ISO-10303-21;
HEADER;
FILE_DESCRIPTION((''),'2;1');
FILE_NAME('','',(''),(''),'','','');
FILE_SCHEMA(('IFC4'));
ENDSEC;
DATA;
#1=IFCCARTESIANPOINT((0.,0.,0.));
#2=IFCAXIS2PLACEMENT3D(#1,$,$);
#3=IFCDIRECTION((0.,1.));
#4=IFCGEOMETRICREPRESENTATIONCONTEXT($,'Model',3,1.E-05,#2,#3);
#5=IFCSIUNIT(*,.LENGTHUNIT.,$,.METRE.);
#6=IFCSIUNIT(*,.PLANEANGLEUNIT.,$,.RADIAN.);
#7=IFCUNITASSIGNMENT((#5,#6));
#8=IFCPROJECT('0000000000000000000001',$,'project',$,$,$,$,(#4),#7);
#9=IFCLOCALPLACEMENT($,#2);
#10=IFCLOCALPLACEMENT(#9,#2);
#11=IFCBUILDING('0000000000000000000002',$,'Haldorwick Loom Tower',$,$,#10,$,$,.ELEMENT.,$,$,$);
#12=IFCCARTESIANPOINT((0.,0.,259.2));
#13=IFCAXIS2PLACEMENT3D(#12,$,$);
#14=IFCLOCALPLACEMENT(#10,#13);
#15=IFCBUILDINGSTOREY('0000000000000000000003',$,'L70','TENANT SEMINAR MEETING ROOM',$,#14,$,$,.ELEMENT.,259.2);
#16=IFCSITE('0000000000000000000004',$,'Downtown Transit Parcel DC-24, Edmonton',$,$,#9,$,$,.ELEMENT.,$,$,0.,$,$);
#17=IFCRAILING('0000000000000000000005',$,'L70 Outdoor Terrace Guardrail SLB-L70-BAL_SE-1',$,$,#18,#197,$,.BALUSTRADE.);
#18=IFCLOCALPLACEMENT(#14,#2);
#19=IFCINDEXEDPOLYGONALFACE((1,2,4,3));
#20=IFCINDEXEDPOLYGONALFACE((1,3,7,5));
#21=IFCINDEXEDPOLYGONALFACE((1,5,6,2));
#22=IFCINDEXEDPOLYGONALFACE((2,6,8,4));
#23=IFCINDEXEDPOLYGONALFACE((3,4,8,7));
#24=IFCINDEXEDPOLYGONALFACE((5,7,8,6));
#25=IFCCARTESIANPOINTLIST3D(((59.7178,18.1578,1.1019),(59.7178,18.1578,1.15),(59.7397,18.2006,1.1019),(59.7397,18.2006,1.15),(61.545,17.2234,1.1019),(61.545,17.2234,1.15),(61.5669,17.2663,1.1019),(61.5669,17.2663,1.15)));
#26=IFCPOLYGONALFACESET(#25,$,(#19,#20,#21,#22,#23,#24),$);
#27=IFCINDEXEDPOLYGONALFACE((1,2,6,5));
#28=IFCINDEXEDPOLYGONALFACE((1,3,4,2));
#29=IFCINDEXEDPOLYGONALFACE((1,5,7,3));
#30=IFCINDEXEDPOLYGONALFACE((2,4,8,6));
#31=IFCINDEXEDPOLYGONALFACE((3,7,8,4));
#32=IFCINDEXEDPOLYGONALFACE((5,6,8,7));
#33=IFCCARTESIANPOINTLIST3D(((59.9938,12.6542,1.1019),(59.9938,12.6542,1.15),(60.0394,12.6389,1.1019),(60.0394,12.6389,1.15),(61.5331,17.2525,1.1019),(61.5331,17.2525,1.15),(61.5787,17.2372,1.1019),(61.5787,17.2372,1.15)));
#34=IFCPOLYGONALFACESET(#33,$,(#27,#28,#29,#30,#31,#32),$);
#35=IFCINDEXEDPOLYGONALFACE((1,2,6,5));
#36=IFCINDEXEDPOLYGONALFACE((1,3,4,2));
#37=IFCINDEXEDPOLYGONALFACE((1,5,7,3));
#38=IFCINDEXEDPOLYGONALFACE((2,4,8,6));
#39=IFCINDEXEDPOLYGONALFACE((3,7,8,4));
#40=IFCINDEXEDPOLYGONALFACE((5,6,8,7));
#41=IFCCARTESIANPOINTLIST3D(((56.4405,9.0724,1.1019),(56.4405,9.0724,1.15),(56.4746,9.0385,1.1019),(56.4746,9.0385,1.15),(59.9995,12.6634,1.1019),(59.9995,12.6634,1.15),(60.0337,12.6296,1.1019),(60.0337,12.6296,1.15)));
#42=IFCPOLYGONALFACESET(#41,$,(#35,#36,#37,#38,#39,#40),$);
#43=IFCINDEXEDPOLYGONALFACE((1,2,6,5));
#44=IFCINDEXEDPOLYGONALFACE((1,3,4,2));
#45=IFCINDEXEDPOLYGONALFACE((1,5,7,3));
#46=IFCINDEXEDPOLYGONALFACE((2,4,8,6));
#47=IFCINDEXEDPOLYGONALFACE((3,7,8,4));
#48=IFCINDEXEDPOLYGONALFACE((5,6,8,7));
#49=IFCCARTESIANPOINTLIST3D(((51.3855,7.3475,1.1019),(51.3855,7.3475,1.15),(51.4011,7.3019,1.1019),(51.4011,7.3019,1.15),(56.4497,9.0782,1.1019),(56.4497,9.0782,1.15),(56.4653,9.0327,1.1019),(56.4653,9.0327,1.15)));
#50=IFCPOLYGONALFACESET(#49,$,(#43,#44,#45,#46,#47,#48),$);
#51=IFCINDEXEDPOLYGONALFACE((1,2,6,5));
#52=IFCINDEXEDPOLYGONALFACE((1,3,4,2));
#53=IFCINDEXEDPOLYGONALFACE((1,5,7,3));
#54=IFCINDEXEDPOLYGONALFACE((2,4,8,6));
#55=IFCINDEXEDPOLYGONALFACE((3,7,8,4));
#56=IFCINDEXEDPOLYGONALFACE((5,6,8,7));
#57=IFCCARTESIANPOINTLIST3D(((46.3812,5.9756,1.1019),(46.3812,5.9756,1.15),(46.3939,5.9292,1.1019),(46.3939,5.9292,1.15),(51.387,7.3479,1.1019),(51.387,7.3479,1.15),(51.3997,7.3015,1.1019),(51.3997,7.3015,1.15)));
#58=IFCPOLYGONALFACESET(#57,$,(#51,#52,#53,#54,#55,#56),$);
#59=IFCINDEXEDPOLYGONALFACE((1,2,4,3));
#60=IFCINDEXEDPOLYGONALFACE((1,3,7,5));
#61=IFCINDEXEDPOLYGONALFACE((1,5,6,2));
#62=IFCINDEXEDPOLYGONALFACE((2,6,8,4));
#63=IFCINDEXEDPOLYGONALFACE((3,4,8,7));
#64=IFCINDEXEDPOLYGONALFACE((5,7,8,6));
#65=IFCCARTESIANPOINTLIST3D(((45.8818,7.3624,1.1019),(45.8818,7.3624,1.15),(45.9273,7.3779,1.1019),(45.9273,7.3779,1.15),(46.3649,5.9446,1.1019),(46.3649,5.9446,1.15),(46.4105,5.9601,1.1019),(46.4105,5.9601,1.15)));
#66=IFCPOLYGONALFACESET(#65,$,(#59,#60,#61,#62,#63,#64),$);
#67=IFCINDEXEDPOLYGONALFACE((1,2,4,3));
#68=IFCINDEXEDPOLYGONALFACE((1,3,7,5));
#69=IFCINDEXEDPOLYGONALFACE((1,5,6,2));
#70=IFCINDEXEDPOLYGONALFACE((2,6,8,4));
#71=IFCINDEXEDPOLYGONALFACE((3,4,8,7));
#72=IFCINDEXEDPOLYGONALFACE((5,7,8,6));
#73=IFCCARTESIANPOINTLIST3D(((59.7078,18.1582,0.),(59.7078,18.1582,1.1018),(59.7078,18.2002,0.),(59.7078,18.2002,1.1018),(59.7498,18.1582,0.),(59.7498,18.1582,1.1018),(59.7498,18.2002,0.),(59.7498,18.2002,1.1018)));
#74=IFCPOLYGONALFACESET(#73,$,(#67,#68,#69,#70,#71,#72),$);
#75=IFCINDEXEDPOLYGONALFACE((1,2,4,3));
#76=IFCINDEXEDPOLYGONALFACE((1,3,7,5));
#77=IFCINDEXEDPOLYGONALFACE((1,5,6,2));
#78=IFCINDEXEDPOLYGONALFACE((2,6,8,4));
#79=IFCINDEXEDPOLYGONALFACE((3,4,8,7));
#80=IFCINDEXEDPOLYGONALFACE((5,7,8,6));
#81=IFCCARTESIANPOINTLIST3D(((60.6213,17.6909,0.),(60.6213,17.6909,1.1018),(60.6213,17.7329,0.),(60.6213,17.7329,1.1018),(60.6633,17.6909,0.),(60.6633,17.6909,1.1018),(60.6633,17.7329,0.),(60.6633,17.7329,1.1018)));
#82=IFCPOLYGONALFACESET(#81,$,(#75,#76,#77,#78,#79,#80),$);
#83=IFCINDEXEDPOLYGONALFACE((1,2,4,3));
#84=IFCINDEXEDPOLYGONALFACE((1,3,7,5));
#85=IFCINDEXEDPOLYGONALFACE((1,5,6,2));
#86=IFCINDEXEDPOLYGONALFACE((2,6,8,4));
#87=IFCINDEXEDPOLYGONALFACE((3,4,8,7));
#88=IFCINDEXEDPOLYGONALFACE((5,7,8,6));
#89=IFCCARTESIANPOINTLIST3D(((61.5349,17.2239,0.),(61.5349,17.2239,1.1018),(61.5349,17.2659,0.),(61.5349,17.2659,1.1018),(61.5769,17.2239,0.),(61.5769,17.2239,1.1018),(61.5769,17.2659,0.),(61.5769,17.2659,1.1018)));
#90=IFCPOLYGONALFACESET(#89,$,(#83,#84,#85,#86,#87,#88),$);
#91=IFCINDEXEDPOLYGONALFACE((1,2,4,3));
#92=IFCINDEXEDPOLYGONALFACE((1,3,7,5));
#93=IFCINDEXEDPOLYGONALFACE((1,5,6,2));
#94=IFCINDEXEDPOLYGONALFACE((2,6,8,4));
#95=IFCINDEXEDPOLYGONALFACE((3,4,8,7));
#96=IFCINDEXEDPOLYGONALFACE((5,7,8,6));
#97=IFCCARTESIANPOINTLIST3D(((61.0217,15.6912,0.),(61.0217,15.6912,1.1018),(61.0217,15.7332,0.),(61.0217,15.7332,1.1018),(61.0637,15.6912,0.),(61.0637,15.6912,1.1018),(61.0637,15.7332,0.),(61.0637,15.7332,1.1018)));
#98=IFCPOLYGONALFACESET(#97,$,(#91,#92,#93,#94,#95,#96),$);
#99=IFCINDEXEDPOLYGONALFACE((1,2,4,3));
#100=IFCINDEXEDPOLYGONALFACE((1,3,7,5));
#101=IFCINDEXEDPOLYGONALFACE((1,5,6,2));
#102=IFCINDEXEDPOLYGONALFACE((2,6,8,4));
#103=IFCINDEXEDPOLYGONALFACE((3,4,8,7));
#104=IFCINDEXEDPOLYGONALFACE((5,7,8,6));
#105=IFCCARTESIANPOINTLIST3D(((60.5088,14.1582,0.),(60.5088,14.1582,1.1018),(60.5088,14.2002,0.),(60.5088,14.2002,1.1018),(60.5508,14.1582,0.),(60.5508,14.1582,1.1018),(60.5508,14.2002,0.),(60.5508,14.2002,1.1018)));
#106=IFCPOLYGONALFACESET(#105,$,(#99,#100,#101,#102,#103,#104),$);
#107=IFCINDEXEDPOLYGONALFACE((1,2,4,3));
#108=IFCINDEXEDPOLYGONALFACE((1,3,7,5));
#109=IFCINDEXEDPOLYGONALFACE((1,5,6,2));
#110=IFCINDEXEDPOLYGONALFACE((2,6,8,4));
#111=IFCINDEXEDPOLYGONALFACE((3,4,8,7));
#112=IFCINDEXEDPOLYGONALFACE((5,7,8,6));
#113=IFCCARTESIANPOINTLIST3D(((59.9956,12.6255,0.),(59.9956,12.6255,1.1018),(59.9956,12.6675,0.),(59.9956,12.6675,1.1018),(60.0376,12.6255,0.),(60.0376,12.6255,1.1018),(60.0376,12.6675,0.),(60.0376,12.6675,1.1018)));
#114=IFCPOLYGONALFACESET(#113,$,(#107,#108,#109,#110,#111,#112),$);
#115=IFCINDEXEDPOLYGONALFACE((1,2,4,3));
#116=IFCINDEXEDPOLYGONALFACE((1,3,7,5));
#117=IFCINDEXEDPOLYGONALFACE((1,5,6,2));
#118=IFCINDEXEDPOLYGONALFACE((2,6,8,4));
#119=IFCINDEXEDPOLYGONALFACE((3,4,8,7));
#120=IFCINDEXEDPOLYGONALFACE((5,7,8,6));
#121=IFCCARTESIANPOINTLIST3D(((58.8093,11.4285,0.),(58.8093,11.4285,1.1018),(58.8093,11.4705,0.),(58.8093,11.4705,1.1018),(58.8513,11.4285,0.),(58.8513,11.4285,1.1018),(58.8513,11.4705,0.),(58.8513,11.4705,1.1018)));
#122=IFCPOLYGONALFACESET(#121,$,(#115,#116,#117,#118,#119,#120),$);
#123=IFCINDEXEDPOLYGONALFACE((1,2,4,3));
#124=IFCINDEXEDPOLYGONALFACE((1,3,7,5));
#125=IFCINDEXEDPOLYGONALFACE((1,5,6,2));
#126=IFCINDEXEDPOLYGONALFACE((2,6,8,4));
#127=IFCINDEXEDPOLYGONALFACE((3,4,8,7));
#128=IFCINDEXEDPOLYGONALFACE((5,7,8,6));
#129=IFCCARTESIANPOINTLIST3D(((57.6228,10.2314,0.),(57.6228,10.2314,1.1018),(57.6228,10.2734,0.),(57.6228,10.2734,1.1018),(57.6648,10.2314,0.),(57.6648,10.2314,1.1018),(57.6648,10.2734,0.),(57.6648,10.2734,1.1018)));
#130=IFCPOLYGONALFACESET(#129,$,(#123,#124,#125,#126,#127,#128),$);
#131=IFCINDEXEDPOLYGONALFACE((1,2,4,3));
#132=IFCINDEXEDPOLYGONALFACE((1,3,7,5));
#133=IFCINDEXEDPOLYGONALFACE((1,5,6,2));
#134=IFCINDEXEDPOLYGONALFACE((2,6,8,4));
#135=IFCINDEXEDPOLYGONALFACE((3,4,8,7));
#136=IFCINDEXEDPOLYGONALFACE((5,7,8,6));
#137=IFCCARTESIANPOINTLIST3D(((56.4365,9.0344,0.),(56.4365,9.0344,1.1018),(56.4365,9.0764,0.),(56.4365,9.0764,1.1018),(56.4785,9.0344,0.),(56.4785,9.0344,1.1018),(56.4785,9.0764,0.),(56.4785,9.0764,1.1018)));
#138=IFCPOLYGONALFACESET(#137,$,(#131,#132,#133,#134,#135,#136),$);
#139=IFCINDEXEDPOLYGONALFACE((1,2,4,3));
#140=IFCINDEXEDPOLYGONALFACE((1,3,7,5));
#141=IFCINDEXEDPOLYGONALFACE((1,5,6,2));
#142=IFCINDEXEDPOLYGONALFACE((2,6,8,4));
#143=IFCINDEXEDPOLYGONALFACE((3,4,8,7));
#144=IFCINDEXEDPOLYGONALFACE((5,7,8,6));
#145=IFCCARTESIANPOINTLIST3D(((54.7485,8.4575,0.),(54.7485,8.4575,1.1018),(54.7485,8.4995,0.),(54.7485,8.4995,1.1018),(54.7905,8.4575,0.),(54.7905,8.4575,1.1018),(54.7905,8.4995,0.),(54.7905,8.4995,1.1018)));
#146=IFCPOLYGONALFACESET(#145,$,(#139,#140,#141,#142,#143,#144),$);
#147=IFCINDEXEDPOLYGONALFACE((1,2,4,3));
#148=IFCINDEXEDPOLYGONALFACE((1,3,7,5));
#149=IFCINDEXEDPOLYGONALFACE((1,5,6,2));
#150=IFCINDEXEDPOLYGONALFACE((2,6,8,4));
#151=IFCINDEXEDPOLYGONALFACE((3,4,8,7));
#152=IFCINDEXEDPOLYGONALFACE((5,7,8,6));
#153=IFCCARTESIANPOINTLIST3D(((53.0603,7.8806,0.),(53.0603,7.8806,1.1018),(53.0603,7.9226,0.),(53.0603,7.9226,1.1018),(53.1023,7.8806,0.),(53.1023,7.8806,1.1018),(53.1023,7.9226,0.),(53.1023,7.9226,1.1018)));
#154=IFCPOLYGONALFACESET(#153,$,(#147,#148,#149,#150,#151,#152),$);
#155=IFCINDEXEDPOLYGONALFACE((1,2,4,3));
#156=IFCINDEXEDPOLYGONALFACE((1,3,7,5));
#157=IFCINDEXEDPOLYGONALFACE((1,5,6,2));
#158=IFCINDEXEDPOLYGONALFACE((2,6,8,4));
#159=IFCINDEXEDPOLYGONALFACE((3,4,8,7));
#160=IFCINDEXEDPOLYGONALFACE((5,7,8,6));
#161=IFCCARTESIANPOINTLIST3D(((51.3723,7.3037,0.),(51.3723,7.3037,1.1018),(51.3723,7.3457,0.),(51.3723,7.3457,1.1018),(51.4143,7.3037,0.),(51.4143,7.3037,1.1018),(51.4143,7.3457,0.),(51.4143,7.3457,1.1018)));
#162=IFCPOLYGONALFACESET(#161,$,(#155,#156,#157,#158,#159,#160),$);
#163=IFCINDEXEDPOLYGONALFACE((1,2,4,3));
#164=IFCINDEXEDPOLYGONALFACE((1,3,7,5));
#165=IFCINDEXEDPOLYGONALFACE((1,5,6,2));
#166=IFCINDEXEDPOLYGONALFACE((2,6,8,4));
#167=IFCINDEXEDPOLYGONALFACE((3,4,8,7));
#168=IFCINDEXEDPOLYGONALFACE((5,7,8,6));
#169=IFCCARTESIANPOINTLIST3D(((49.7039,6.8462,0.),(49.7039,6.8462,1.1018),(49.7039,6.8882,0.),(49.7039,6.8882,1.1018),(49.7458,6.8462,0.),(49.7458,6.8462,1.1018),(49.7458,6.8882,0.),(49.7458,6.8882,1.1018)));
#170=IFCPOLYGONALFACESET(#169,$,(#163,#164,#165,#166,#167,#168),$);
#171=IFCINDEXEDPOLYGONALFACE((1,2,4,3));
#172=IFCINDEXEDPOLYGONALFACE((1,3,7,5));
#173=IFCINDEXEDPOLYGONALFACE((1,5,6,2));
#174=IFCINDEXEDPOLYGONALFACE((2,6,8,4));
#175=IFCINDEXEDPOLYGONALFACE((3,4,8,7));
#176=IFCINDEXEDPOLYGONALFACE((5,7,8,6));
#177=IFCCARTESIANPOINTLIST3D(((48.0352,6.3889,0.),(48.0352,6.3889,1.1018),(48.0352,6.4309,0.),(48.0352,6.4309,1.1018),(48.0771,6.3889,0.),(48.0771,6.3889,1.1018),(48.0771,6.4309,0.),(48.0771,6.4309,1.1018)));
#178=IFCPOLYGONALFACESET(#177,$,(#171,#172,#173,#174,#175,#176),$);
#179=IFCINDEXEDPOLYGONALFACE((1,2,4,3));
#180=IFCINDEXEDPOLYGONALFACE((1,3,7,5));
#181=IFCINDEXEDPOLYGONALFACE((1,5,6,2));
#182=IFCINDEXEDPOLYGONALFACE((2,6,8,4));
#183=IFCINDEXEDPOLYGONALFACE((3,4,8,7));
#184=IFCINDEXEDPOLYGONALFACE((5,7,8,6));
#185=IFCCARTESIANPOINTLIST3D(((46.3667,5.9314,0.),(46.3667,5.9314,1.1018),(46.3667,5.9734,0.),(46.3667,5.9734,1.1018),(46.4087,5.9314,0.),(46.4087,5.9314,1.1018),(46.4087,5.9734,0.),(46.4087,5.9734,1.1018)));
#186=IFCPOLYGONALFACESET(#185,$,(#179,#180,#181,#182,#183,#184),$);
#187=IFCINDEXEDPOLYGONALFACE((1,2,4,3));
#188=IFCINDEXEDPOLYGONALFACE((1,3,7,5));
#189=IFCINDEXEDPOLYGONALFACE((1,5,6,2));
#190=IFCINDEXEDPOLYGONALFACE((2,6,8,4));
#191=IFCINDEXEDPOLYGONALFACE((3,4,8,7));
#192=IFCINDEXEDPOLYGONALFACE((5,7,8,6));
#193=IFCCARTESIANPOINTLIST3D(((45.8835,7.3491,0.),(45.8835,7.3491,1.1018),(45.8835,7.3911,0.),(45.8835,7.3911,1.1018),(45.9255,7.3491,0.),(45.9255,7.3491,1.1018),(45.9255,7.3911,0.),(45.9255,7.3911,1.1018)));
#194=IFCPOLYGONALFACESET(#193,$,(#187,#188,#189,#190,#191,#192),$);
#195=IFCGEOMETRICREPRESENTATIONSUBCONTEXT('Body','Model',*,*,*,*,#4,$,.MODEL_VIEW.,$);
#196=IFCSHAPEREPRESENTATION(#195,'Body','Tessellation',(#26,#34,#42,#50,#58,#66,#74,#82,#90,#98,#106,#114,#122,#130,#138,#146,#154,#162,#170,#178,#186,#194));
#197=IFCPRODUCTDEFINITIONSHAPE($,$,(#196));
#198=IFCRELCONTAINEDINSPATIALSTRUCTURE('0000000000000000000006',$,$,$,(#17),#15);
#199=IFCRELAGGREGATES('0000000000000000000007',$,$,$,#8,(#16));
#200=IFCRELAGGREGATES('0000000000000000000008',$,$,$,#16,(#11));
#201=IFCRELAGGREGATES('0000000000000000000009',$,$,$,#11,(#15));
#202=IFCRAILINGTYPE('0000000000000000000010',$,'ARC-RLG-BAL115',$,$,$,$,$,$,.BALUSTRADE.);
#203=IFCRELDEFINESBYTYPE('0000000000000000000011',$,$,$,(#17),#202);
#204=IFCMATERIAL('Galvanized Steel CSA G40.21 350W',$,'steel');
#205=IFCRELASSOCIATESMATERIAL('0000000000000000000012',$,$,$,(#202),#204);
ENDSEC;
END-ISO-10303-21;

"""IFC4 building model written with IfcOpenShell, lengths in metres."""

from ifc_helpers import new_model, si_unit, direction, frame, origin, origin_2d, place, context, subcontext, project, spatial, rectangle, extrude, material, type_object, element, save


model = new_model("IFC4")

# Units and contexts
model_context = context("Model", 3, precision=1e-05, world=origin(), true_north=direction((0.0, 1.0)))
body_context = subcontext(model_context, "Body", "Model", "MODEL_VIEW")
ifc_project = project(units=[si_unit("LENGTHUNIT", "METRE"), si_unit("PLANEANGLEUNIT", "RADIAN")], contexts=[model_context])

# Site, building, storey
site_placement = place(None, origin())
site = spatial("IfcSite", under=ifc_project, at=site_placement, Name="Downtown Transit Parcel DC-24, Edmonton", CompositionType="ELEMENT", RefElevation=0.0)
building_placement = place(site_placement, origin())
building = spatial("IfcBuilding", under=site, at=building_placement, Name="Haldorwick Loom Tower", CompositionType="ELEMENT")
storey_placement = place(building_placement, frame((0.0, 0.0, 259.2)))
storey = spatial("IfcBuildingStorey", under=building, at=storey_placement, Name="L70", Description="TENANT SEMINAR MEETING ROOM", CompositionType="ELEMENT", Elevation=259.2)

# Railing
ifc_material_1 = material(Name="Galvanized Steel CSA G40.21 350W", Category="steel")
railing_type = type_object("IfcRailingType", Name="ARC-RLG-BAL115", PredefinedType="BALUSTRADE", material=ifc_material_1)
railing_placement = place(storey_placement, frame((59.7288, 18.1792, 0.0)))
element("IfcRailing", 1, at=railing_placement, inside=storey, type_object=railing_type, Name="L70 Outdoor Terrace Guardrail SLB-L70-BAL_SE-1", PredefinedType="BALUSTRADE", context=body_context, shape_type="SweptSolid", body=[
    extrude(rectangle(XDim=0.0481, YDim=0.0481, at=origin_2d()), frame((0.0, 0.0, 1.126), z_axis=(0.890346, -0.455285, 0.0), x_axis=(0.455285, 0.890346, 0.0)), (0.0, 0.0, 1.0), 2.0522),
    extrude(rectangle(XDim=0.0481, YDim=0.0481, at=origin_2d()), frame((1.8271, -0.9343, 1.126), z_axis=(-0.317436, -0.94828, 0.0), x_axis=(0.94828, -0.317436, 0.0)), (0.0, 0.0, 1.0), 4.8491),
    extrude(rectangle(XDim=0.0481, YDim=0.0481, at=origin_2d()), frame((0.2878, -5.5327, 1.126), z_axis=(-0.703937, -0.710263, 0.0), x_axis=(0.710263, -0.703937, 0.0)), (0.0, 0.0, 1.0), 5.0559),
    extrude(rectangle(XDim=0.0481, YDim=0.0481, at=origin_2d()), frame((-3.2712, -9.1238, 1.126), z_axis=(-0.946266, -0.32339, 0.0), x_axis=(0.32339, -0.946266, 0.0)), (0.0, 0.0, 1.0), 5.3518),
    extrude(rectangle(XDim=0.0481, YDim=0.0481, at=origin_2d()), frame((-8.3354, -10.8545, 1.126), z_axis=(-0.964413, -0.264399, 0.0), x_axis=(0.264399, -0.964413, 0.0)), (0.0, 0.0, 1.0), 5.1904),
    extrude(rectangle(XDim=0.0481, YDim=0.0481, at=origin_2d()), frame((-13.3411, -12.2268, 1.126), z_axis=(-0.322578, 0.946543, 0.0), x_axis=(-0.946543, -0.322578, 0.0)), (0.0, 0.0, 1.0), 1.4978),
    extrude(rectangle(XDim=0.042, YDim=0.042, at=origin_2d()), origin(), (0.0, 0.0, 1.0), 1.1018),
    extrude(rectangle(XDim=0.042, YDim=0.042, at=origin_2d()), frame((0.9136, -0.4673, 0.0)), (0.0, 0.0, 1.0), 1.1018),
    extrude(rectangle(XDim=0.042, YDim=0.042, at=origin_2d()), frame((1.8271, -0.9343, 0.0)), (0.0, 0.0, 1.0), 1.1018),
    extrude(rectangle(XDim=0.042, YDim=0.042, at=origin_2d()), frame((1.314, -2.467, 0.0)), (0.0, 0.0, 1.0), 1.1018),
    extrude(rectangle(XDim=0.042, YDim=0.042, at=origin_2d()), frame((0.801, -4.0, 0.0)), (0.0, 0.0, 1.0), 1.1018),
    extrude(rectangle(XDim=0.042, YDim=0.042, at=origin_2d()), frame((0.2878, -5.5327, 0.0)), (0.0, 0.0, 1.0), 1.1018),
    extrude(rectangle(XDim=0.042, YDim=0.042, at=origin_2d()), frame((-0.8984, -6.7297, 0.0)), (0.0, 0.0, 1.0), 1.1018),
    extrude(rectangle(XDim=0.042, YDim=0.042, at=origin_2d()), frame((-2.085, -7.9268, 0.0)), (0.0, 0.0, 1.0), 1.1018),
    extrude(rectangle(XDim=0.042, YDim=0.042, at=origin_2d()), frame((-3.2712, -9.1238, 0.0)), (0.0, 0.0, 1.0), 1.1018),
    extrude(rectangle(XDim=0.042, YDim=0.042, at=origin_2d()), frame((-4.9592, -9.7007, 0.0)), (0.0, 0.0, 1.0), 1.1018),
    extrude(rectangle(XDim=0.042, YDim=0.042, at=origin_2d()), frame((-6.6475, -10.2776, 0.0)), (0.0, 0.0, 1.0), 1.1018),
    extrude(rectangle(XDim=0.042, YDim=0.042, at=origin_2d()), frame((-8.3354, -10.8545, 0.0)), (0.0, 0.0, 1.0), 1.1018),
    extrude(rectangle(XDim=0.042, YDim=0.042, at=origin_2d()), frame((-10.0039, -11.312, 0.0)), (0.0, 0.0, 1.0), 1.1018),
    extrude(rectangle(XDim=0.042, YDim=0.042, at=origin_2d()), frame((-11.6726, -11.7693, 0.0)), (0.0, 0.0, 1.0), 1.1018),
    extrude(rectangle(XDim=0.042, YDim=0.042, at=origin_2d()), frame((-13.3411, -12.2268, 0.0)), (0.0, 0.0, 1.0), 1.1018),
    extrude(rectangle(XDim=0.042, YDim=0.042, at=origin_2d()), frame((-13.8242, -10.8091, 0.0)), (0.0, 0.0, 1.0), 1.1018),
])

save(model, "model.ifc")
